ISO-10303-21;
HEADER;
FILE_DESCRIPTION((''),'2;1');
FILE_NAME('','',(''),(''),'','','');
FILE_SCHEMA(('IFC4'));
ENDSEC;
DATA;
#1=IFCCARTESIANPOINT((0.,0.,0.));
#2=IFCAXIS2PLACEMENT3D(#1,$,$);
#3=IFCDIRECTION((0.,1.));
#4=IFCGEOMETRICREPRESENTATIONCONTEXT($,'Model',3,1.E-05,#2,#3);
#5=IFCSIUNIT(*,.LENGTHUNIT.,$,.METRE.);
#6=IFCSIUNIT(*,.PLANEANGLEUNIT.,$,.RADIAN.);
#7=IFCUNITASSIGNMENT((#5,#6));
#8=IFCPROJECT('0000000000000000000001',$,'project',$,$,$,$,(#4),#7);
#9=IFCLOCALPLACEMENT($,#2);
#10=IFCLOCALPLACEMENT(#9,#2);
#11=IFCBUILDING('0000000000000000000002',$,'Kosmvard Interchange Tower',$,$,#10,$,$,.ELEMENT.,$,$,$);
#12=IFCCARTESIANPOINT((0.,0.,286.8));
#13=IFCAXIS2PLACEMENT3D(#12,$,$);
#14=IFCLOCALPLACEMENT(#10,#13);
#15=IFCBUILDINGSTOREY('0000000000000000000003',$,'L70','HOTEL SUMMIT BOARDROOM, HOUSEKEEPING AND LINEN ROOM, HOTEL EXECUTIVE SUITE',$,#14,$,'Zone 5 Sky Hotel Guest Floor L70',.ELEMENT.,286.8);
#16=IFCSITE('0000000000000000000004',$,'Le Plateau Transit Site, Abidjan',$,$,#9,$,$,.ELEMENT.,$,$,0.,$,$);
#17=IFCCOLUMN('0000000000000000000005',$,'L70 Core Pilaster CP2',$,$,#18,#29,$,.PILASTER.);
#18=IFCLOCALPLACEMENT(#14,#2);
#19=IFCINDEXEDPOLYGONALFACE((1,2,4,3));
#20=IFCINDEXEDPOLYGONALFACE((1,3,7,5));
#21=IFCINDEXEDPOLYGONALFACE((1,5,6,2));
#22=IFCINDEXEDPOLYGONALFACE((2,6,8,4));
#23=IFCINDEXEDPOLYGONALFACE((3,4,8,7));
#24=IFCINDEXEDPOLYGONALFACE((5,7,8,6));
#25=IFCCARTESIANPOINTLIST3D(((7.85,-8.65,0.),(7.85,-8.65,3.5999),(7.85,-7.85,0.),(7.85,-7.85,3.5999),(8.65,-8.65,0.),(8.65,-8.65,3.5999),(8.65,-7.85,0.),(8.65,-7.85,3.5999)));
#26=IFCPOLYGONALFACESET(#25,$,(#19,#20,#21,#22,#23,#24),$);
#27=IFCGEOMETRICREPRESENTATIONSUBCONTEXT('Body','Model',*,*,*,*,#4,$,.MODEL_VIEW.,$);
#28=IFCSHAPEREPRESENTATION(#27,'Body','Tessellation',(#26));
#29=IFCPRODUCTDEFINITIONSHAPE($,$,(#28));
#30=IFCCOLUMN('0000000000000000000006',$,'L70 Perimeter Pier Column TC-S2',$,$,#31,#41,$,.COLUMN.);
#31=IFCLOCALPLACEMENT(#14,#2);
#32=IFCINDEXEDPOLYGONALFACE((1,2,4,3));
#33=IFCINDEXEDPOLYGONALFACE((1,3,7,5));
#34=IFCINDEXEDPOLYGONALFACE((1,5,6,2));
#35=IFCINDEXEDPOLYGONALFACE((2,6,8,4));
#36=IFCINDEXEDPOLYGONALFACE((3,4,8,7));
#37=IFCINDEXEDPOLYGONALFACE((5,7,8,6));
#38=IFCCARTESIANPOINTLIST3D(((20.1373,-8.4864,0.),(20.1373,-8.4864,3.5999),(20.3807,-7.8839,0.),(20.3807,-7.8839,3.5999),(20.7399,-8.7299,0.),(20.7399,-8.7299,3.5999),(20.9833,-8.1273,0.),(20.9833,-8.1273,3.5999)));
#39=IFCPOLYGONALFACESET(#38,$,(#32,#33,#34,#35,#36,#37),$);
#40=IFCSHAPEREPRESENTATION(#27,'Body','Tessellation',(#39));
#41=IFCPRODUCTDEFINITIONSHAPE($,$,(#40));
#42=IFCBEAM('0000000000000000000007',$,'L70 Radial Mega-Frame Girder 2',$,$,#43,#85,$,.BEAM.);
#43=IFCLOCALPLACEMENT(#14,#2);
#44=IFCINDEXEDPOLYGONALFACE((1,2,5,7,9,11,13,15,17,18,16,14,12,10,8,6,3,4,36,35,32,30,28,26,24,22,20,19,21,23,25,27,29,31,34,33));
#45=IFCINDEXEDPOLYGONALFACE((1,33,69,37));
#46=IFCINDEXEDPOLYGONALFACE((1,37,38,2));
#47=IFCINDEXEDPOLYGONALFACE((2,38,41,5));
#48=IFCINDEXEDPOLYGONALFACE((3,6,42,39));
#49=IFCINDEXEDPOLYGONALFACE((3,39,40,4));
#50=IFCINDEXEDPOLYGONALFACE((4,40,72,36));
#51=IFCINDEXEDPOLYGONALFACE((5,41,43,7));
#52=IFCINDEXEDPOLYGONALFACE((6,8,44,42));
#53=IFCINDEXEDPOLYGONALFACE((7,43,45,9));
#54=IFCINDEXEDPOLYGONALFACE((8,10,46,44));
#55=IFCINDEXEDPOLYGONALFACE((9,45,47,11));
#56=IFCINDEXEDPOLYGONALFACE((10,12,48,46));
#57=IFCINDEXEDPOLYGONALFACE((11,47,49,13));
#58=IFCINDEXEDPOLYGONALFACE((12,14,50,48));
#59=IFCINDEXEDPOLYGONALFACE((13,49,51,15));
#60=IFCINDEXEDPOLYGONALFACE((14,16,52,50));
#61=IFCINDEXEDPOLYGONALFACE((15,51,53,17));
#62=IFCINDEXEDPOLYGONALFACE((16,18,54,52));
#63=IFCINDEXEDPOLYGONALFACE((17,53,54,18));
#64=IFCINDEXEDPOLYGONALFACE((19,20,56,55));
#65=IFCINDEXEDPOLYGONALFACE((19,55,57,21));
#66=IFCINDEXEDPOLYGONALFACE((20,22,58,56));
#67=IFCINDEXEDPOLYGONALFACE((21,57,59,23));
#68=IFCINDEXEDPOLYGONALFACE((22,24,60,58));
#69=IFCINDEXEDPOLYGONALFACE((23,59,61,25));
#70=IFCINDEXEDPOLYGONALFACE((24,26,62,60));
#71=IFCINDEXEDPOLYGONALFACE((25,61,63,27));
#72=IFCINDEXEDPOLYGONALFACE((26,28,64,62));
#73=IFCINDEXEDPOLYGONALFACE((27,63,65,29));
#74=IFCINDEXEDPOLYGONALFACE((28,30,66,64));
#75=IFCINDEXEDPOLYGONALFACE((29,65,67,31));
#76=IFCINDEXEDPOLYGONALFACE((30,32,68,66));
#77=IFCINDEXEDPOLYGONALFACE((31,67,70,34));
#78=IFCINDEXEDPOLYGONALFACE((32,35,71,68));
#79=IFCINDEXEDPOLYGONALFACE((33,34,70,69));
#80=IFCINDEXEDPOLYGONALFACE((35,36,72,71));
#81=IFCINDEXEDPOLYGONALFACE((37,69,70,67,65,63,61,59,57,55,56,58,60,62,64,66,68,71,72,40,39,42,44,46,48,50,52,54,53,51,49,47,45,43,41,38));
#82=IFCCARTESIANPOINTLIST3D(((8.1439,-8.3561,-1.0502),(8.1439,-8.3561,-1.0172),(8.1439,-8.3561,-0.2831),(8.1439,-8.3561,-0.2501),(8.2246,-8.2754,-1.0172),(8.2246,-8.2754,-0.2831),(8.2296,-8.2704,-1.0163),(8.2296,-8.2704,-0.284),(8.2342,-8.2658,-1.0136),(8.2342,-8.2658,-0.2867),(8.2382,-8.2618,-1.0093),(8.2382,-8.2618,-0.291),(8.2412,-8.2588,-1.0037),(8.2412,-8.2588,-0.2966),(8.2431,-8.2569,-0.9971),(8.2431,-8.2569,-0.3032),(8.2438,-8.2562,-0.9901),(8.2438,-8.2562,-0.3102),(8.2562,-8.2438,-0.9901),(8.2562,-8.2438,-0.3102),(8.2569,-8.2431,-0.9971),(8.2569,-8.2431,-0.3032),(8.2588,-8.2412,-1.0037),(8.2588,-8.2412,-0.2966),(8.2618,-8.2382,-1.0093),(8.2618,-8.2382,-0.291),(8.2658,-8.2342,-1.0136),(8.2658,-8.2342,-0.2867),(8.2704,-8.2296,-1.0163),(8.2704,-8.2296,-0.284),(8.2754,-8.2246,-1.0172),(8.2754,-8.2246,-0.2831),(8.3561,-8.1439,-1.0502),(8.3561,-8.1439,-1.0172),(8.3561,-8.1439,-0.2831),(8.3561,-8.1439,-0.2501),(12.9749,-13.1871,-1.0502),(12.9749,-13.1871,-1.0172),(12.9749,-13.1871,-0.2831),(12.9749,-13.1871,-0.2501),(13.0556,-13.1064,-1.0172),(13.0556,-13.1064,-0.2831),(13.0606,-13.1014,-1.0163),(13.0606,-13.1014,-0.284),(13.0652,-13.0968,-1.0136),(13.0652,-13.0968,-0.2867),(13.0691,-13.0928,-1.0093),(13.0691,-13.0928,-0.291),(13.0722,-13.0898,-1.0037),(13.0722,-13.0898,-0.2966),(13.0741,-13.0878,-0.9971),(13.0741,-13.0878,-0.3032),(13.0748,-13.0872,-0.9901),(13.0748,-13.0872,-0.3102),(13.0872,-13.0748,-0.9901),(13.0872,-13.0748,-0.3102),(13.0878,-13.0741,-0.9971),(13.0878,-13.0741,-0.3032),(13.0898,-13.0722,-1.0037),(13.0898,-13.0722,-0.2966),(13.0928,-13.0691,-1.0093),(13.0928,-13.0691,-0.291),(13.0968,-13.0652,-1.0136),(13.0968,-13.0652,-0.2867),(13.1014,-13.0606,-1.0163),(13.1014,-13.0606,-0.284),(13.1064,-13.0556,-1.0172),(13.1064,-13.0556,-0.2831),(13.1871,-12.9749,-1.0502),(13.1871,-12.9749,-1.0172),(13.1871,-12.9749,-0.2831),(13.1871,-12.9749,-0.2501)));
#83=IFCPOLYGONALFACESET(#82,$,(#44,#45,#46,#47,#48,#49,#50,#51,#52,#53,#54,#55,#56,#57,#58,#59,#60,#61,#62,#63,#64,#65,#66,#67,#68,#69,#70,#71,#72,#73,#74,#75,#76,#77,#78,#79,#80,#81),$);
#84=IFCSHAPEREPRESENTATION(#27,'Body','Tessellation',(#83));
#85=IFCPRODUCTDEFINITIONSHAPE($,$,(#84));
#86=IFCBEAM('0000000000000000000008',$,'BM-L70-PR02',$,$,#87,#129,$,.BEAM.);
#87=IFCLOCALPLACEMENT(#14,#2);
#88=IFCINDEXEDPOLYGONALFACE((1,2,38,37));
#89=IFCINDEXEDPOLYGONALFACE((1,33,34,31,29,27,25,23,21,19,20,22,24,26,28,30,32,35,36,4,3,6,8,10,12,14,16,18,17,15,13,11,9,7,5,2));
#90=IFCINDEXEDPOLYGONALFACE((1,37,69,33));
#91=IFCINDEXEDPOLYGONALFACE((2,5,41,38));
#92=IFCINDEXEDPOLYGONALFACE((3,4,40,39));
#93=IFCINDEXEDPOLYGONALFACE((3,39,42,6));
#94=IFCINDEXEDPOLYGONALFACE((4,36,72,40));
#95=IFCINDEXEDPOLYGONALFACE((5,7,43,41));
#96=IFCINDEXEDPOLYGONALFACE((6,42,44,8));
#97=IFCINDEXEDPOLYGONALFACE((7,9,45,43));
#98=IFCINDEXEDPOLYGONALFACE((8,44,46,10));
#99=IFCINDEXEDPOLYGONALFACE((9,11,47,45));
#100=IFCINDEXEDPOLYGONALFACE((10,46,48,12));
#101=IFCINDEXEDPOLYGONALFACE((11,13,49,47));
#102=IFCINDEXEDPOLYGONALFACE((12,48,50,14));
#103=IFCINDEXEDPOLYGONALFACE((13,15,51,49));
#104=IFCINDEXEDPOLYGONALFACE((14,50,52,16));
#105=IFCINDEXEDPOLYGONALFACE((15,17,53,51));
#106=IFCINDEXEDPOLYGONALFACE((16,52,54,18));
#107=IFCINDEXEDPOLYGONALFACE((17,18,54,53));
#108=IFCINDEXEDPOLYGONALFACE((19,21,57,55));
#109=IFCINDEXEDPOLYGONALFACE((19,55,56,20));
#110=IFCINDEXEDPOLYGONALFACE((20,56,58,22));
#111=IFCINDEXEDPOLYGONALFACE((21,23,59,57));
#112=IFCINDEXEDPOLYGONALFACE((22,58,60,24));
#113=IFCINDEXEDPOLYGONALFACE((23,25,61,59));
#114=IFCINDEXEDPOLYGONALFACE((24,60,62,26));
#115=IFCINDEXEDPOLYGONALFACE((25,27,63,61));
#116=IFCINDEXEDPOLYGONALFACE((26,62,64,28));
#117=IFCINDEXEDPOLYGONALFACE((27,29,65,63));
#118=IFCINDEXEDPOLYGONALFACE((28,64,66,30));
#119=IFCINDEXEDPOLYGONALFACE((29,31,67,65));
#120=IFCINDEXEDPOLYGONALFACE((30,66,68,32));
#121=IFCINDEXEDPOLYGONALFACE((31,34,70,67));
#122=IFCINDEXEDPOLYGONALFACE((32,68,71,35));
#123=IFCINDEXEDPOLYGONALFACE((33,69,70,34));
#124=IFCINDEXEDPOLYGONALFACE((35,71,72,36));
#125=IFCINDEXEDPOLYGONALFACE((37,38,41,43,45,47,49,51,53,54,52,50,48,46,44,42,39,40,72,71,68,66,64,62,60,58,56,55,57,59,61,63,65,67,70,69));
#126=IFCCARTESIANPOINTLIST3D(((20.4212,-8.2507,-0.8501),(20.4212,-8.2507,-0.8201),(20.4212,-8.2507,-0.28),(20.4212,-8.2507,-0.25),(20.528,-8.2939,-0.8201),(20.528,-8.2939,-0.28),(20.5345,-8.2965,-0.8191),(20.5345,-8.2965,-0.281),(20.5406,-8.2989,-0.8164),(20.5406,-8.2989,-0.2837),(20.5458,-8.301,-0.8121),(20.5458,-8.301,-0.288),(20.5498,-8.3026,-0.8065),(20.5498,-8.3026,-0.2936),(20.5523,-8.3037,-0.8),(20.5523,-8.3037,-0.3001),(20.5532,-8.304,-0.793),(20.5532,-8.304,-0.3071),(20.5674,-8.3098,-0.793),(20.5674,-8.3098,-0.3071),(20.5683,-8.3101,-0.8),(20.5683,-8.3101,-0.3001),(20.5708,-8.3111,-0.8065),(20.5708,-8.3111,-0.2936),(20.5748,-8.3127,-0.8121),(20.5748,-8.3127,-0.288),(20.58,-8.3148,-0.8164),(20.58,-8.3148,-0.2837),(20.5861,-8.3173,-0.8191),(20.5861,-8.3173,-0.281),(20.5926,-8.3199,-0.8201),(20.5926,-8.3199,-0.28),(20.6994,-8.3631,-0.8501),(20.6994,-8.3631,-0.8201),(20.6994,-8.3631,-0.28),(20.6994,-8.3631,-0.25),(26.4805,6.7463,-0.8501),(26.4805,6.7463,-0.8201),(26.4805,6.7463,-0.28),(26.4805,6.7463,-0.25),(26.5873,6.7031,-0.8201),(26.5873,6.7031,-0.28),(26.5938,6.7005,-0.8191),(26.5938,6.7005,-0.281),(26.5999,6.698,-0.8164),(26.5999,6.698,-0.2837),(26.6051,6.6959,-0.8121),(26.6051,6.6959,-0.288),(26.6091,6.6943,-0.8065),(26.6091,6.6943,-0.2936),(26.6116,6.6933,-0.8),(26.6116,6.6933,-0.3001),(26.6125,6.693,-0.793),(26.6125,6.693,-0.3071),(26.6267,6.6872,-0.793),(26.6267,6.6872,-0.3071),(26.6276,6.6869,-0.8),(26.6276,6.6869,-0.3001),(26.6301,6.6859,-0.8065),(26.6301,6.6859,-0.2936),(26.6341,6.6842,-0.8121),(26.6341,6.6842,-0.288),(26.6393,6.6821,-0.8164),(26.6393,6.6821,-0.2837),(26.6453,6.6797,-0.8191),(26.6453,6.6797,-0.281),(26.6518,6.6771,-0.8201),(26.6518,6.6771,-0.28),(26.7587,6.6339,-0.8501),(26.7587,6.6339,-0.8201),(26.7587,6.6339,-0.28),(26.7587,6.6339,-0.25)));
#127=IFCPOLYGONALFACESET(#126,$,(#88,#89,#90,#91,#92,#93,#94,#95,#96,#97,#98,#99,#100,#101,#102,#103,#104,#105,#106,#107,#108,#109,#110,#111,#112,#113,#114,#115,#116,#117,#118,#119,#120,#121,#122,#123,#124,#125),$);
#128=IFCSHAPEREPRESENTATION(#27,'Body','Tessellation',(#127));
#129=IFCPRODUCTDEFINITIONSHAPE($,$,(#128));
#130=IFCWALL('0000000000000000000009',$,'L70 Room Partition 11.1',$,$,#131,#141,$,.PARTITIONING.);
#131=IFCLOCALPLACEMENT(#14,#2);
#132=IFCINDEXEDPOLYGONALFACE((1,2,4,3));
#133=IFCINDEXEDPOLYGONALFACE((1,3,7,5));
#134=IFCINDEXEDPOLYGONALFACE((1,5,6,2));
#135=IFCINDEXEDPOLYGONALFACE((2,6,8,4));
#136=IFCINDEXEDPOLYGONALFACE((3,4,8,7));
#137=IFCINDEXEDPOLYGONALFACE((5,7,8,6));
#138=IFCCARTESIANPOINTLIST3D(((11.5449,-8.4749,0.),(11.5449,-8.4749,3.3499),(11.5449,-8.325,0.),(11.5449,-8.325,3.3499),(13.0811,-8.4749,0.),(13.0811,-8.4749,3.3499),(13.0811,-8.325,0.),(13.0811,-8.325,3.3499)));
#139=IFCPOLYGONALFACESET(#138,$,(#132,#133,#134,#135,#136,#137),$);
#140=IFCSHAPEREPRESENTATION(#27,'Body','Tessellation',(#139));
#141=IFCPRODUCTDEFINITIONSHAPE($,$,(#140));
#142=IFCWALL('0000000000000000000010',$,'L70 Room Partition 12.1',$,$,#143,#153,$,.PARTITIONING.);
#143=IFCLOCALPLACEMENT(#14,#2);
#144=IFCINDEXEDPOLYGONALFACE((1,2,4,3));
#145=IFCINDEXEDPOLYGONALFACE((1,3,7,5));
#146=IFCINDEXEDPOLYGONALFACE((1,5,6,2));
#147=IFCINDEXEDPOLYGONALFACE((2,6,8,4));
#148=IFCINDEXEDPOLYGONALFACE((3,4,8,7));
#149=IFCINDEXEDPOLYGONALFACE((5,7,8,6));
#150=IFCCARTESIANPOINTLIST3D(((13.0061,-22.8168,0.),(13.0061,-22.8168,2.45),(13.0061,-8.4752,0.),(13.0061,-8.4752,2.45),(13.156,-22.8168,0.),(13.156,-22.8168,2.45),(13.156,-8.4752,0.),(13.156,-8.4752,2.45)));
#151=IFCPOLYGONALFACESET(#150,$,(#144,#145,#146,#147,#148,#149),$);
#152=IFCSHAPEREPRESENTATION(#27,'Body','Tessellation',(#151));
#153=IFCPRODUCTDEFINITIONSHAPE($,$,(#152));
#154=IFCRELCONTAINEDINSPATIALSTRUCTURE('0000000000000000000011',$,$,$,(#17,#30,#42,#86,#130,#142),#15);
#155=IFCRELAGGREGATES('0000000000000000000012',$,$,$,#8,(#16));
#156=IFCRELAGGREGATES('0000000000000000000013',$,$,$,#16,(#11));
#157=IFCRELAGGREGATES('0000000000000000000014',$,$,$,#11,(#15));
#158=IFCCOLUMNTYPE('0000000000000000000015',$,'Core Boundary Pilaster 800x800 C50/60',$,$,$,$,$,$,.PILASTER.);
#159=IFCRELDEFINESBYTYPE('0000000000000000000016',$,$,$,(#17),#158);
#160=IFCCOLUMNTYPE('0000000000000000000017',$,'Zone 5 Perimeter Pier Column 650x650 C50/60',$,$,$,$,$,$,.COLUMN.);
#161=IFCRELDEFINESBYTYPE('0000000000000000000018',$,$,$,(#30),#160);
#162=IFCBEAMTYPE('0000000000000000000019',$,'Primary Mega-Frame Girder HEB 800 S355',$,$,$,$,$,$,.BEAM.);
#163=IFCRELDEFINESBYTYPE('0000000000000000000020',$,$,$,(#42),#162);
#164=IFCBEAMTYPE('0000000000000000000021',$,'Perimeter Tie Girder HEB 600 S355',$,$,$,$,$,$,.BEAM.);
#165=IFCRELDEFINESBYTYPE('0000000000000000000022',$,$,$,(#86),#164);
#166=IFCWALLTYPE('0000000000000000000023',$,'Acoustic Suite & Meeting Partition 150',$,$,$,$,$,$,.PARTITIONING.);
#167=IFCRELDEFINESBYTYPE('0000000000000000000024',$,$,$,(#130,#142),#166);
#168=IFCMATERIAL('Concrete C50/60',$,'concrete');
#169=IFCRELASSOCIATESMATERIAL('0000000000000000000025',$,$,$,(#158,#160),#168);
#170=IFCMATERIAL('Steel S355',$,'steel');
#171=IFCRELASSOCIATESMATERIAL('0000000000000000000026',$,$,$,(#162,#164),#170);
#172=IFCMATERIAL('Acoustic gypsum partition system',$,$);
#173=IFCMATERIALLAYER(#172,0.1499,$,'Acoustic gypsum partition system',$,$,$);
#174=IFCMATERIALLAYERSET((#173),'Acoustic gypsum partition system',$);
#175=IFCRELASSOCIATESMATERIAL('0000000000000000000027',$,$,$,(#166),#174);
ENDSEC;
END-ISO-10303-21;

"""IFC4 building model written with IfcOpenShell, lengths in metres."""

from ifc_helpers import new_model, si_unit, direction, frame, frame_2d, origin, origin_2d, place, context, subcontext, project, spatial, rectangle, i_section, extrude, source, transform, mapped, material, layer, layer_set, material_profile, profile_set, type_object, element, save


model = new_model("IFC4")

# Units and contexts
model_context = context("Model", 3, precision=1e-05, world=origin(), true_north=direction((0.0, 1.0)))
body_context = subcontext(model_context, "Body", "Model", "MODEL_VIEW")
ifc_project = project(units=[si_unit("LENGTHUNIT", "METRE"), si_unit("PLANEANGLEUNIT", "RADIAN")], contexts=[model_context])

# Site, building, storey
site_placement = place(None, origin())
site = spatial("IfcSite", under=ifc_project, at=site_placement, Name="Le Plateau Transit Site, Abidjan", CompositionType="ELEMENT", RefElevation=0.0)
building_placement = place(site_placement, origin())
building = spatial("IfcBuilding", under=site, at=building_placement, Name="Kosmvard Interchange Tower", CompositionType="ELEMENT")
storey_placement = place(building_placement, frame((0.0, 0.0, 286.8)))
storey = spatial("IfcBuildingStorey", under=building, at=storey_placement, Name="L70", Description="HOTEL SUMMIT BOARDROOM, HOUSEKEEPING AND LINEN ROOM, HOTEL EXECUTIVE SUITE", LongName="Zone 5 Sky Hotel Guest Floor L70", CompositionType="ELEMENT", Elevation=286.8)

# Columns
ifc_material_1 = material(Name="Concrete C50/60", Category="concrete")
ifc_material_profile_1 = material_profile(ifc_material_1, rectangle(XDim=0.8, YDim=0.8, at=origin_2d()), Name="CP 800x800")
ifc_profile_set_1 = profile_set([ifc_material_profile_1], Name="Concrete C50/60")
column_type_1 = type_object("IfcColumnType", Name="Core Boundary Pilaster 800x800 C50/60", PredefinedType="PILASTER", material=ifc_profile_set_1)
shared_shape_1 = source(origin(), body_context, "Body", "SweptSolid", [
    extrude(rectangle(XDim=0.8, YDim=0.8, at=origin_2d()), origin(), (0.0, 0.0, 1.0), 3.5999),
])
column_1_placement = place(storey_placement, frame((8.25, -8.25, 0.0), z_axis=(0.0, 0.0, 1.0), x_axis=(1.0, 0.0, 0.0)))
element("IfcColumn", 1, at=column_1_placement, inside=storey, type_object=column_type_1, Name="L70 Core Pilaster CP2", PredefinedType="PILASTER", context=body_context, shape_type="MappedRepresentation", body=[
    mapped(shared_shape_1, transform((0.0, 0.0, 0.0), scale=1.0)),
])
ifc_material_profile_2 = material_profile(ifc_material_1, rectangle(XDim=0.6499, YDim=0.6499, at=origin_2d()), Name="TC 650x650")
ifc_profile_set_2 = profile_set([ifc_material_profile_2], Name="Concrete C50/60")
column_type_2 = type_object("IfcColumnType", Name="Zone 5 Perimeter Pier Column 650x650 C50/60", PredefinedType="COLUMN", material=ifc_profile_set_2)
shared_shape_2 = source(origin(), body_context, "Body", "SweptSolid", [
    extrude(rectangle(XDim=0.6499, YDim=0.6499, at=origin_2d()), origin(), (0.0, 0.0, 1.0), 3.5999),
])
column_2_placement = place(storey_placement, frame((20.5603, -8.3069, 0.0), z_axis=(0.0, 0.0, 1.0), x_axis=(0.374607, 0.927184, 0.0)))
element("IfcColumn", 2, at=column_2_placement, inside=storey, type_object=column_type_2, Name="L70 Perimeter Pier Column TC-S2", PredefinedType="COLUMN", context=body_context, shape_type="MappedRepresentation", body=[
    mapped(shared_shape_2, transform((0.0, 0.0, 0.0), scale=1.0)),
])

# Beams
ifc_material_2 = material(Name="Steel S355", Category="steel")
ifc_material_profile_3 = material_profile(ifc_material_2, i_section(OverallWidth=0.3, OverallDepth=0.8, WebThickness=0.0176, FlangeThickness=0.033, FilletRadius=0.0271, at=origin_2d()), Name="HEB 800")
ifc_profile_set_3 = profile_set([ifc_material_profile_3], Name="Steel S355")
beam_type_1 = type_object("IfcBeamType", Name="Primary Mega-Frame Girder HEB 800 S355", PredefinedType="BEAM", material=ifc_profile_set_3)
shared_shape_3 = source(origin(), body_context, "Body", "SweptSolid", [
    extrude(i_section(OverallWidth=0.3, OverallDepth=0.8, WebThickness=0.0176, FlangeThickness=0.033, FilletRadius=0.0271, at=origin_2d()), origin(), (0.0, 0.0, 1.0), 6.832),
])
beam_1_placement = place(storey_placement, frame((8.25, -8.25, -0.6501), z_axis=(0.707107, -0.707107, 0.0), x_axis=(0.707107, 0.707107, 0.0)))
element("IfcBeam", 3, at=beam_1_placement, inside=storey, type_object=beam_type_1, Name="L70 Radial Mega-Frame Girder 2", PredefinedType="BEAM", context=body_context, shape_type="MappedRepresentation", body=[
    mapped(shared_shape_3, transform((0.0, 0.0, 0.0), scale=1.0)),
])
ifc_material_profile_4 = material_profile(ifc_material_2, i_section(OverallWidth=0.3, OverallDepth=0.6001, WebThickness=0.0154, FlangeThickness=0.03, FilletRadius=0.0271, at=origin_2d()), Name="HEB 600")
ifc_profile_set_4 = profile_set([ifc_material_profile_4], Name="Steel S355")
beam_type_2 = type_object("IfcBeamType", Name="Perimeter Tie Girder HEB 600 S355", PredefinedType="BEAM", material=ifc_profile_set_4)
shared_shape_4 = source(origin(), body_context, "Body", "SweptSolid", [
    extrude(i_section(OverallWidth=0.3, OverallDepth=0.6001, WebThickness=0.0154, FlangeThickness=0.03, FilletRadius=0.0271, at=origin_2d()), origin(), (0.0, 0.0, 1.0), 16.1748),
])
beam_2_placement = place(storey_placement, frame((20.5603, -8.3069, -0.55), z_axis=(0.374613, 0.927181, 0.0), x_axis=(-0.927181, 0.374613, 0.0)))
element("IfcBeam", 4, at=beam_2_placement, inside=storey, type_object=beam_type_2, Name="BM-L70-PR02", PredefinedType="BEAM", context=body_context, shape_type="MappedRepresentation", body=[
    mapped(shared_shape_4, transform((0.0, 0.0, 0.0), scale=1.0)),
])

# Walls
ifc_material_3 = material(Name="Acoustic gypsum partition system")
ifc_layer_1 = layer(ifc_material_3, 0.1499, Name="Acoustic gypsum partition system")
ifc_layer_set_1 = layer_set([ifc_layer_1], Name="Acoustic gypsum partition system")
wall_type_1 = type_object("IfcWallType", Name="Acoustic Suite & Meeting Partition 150", PredefinedType="PARTITIONING", material=ifc_layer_set_1)
wall_1_placement = place(storey_placement, frame((11.5449, -8.3999, 0.0), z_axis=(0.0, 0.0, 1.0), x_axis=(1.0, 0.0, 0.0)))
element("IfcWall", 5, at=wall_1_placement, inside=storey, type_object=wall_type_1, Name="L70 Room Partition 11.1", PredefinedType="PARTITIONING", context=body_context, shape_type="SweptSolid", body=[
    extrude(rectangle(XDim=1.5361, YDim=0.1499, at=frame_2d((0.7681, 0.0))), origin(), (0.0, 0.0, 1.0), 3.3499),
])
wall_2_placement = place(storey_placement, frame((13.0811, -8.4751, 0.0), z_axis=(0.0, 0.0, 1.0), x_axis=(0.0, -1.0, 0.0)))
element("IfcWall", 6, at=wall_2_placement, inside=storey, type_object=wall_type_1, Name="L70 Room Partition 12.1", PredefinedType="PARTITIONING", context=body_context, shape_type="SweptSolid", body=[
    extrude(rectangle(XDim=14.3416, YDim=0.1499, at=frame_2d((7.1709, 0.0))), origin(), (0.0, 0.0, 1.0), 2.45),
])

save(model, "model.ifc")
